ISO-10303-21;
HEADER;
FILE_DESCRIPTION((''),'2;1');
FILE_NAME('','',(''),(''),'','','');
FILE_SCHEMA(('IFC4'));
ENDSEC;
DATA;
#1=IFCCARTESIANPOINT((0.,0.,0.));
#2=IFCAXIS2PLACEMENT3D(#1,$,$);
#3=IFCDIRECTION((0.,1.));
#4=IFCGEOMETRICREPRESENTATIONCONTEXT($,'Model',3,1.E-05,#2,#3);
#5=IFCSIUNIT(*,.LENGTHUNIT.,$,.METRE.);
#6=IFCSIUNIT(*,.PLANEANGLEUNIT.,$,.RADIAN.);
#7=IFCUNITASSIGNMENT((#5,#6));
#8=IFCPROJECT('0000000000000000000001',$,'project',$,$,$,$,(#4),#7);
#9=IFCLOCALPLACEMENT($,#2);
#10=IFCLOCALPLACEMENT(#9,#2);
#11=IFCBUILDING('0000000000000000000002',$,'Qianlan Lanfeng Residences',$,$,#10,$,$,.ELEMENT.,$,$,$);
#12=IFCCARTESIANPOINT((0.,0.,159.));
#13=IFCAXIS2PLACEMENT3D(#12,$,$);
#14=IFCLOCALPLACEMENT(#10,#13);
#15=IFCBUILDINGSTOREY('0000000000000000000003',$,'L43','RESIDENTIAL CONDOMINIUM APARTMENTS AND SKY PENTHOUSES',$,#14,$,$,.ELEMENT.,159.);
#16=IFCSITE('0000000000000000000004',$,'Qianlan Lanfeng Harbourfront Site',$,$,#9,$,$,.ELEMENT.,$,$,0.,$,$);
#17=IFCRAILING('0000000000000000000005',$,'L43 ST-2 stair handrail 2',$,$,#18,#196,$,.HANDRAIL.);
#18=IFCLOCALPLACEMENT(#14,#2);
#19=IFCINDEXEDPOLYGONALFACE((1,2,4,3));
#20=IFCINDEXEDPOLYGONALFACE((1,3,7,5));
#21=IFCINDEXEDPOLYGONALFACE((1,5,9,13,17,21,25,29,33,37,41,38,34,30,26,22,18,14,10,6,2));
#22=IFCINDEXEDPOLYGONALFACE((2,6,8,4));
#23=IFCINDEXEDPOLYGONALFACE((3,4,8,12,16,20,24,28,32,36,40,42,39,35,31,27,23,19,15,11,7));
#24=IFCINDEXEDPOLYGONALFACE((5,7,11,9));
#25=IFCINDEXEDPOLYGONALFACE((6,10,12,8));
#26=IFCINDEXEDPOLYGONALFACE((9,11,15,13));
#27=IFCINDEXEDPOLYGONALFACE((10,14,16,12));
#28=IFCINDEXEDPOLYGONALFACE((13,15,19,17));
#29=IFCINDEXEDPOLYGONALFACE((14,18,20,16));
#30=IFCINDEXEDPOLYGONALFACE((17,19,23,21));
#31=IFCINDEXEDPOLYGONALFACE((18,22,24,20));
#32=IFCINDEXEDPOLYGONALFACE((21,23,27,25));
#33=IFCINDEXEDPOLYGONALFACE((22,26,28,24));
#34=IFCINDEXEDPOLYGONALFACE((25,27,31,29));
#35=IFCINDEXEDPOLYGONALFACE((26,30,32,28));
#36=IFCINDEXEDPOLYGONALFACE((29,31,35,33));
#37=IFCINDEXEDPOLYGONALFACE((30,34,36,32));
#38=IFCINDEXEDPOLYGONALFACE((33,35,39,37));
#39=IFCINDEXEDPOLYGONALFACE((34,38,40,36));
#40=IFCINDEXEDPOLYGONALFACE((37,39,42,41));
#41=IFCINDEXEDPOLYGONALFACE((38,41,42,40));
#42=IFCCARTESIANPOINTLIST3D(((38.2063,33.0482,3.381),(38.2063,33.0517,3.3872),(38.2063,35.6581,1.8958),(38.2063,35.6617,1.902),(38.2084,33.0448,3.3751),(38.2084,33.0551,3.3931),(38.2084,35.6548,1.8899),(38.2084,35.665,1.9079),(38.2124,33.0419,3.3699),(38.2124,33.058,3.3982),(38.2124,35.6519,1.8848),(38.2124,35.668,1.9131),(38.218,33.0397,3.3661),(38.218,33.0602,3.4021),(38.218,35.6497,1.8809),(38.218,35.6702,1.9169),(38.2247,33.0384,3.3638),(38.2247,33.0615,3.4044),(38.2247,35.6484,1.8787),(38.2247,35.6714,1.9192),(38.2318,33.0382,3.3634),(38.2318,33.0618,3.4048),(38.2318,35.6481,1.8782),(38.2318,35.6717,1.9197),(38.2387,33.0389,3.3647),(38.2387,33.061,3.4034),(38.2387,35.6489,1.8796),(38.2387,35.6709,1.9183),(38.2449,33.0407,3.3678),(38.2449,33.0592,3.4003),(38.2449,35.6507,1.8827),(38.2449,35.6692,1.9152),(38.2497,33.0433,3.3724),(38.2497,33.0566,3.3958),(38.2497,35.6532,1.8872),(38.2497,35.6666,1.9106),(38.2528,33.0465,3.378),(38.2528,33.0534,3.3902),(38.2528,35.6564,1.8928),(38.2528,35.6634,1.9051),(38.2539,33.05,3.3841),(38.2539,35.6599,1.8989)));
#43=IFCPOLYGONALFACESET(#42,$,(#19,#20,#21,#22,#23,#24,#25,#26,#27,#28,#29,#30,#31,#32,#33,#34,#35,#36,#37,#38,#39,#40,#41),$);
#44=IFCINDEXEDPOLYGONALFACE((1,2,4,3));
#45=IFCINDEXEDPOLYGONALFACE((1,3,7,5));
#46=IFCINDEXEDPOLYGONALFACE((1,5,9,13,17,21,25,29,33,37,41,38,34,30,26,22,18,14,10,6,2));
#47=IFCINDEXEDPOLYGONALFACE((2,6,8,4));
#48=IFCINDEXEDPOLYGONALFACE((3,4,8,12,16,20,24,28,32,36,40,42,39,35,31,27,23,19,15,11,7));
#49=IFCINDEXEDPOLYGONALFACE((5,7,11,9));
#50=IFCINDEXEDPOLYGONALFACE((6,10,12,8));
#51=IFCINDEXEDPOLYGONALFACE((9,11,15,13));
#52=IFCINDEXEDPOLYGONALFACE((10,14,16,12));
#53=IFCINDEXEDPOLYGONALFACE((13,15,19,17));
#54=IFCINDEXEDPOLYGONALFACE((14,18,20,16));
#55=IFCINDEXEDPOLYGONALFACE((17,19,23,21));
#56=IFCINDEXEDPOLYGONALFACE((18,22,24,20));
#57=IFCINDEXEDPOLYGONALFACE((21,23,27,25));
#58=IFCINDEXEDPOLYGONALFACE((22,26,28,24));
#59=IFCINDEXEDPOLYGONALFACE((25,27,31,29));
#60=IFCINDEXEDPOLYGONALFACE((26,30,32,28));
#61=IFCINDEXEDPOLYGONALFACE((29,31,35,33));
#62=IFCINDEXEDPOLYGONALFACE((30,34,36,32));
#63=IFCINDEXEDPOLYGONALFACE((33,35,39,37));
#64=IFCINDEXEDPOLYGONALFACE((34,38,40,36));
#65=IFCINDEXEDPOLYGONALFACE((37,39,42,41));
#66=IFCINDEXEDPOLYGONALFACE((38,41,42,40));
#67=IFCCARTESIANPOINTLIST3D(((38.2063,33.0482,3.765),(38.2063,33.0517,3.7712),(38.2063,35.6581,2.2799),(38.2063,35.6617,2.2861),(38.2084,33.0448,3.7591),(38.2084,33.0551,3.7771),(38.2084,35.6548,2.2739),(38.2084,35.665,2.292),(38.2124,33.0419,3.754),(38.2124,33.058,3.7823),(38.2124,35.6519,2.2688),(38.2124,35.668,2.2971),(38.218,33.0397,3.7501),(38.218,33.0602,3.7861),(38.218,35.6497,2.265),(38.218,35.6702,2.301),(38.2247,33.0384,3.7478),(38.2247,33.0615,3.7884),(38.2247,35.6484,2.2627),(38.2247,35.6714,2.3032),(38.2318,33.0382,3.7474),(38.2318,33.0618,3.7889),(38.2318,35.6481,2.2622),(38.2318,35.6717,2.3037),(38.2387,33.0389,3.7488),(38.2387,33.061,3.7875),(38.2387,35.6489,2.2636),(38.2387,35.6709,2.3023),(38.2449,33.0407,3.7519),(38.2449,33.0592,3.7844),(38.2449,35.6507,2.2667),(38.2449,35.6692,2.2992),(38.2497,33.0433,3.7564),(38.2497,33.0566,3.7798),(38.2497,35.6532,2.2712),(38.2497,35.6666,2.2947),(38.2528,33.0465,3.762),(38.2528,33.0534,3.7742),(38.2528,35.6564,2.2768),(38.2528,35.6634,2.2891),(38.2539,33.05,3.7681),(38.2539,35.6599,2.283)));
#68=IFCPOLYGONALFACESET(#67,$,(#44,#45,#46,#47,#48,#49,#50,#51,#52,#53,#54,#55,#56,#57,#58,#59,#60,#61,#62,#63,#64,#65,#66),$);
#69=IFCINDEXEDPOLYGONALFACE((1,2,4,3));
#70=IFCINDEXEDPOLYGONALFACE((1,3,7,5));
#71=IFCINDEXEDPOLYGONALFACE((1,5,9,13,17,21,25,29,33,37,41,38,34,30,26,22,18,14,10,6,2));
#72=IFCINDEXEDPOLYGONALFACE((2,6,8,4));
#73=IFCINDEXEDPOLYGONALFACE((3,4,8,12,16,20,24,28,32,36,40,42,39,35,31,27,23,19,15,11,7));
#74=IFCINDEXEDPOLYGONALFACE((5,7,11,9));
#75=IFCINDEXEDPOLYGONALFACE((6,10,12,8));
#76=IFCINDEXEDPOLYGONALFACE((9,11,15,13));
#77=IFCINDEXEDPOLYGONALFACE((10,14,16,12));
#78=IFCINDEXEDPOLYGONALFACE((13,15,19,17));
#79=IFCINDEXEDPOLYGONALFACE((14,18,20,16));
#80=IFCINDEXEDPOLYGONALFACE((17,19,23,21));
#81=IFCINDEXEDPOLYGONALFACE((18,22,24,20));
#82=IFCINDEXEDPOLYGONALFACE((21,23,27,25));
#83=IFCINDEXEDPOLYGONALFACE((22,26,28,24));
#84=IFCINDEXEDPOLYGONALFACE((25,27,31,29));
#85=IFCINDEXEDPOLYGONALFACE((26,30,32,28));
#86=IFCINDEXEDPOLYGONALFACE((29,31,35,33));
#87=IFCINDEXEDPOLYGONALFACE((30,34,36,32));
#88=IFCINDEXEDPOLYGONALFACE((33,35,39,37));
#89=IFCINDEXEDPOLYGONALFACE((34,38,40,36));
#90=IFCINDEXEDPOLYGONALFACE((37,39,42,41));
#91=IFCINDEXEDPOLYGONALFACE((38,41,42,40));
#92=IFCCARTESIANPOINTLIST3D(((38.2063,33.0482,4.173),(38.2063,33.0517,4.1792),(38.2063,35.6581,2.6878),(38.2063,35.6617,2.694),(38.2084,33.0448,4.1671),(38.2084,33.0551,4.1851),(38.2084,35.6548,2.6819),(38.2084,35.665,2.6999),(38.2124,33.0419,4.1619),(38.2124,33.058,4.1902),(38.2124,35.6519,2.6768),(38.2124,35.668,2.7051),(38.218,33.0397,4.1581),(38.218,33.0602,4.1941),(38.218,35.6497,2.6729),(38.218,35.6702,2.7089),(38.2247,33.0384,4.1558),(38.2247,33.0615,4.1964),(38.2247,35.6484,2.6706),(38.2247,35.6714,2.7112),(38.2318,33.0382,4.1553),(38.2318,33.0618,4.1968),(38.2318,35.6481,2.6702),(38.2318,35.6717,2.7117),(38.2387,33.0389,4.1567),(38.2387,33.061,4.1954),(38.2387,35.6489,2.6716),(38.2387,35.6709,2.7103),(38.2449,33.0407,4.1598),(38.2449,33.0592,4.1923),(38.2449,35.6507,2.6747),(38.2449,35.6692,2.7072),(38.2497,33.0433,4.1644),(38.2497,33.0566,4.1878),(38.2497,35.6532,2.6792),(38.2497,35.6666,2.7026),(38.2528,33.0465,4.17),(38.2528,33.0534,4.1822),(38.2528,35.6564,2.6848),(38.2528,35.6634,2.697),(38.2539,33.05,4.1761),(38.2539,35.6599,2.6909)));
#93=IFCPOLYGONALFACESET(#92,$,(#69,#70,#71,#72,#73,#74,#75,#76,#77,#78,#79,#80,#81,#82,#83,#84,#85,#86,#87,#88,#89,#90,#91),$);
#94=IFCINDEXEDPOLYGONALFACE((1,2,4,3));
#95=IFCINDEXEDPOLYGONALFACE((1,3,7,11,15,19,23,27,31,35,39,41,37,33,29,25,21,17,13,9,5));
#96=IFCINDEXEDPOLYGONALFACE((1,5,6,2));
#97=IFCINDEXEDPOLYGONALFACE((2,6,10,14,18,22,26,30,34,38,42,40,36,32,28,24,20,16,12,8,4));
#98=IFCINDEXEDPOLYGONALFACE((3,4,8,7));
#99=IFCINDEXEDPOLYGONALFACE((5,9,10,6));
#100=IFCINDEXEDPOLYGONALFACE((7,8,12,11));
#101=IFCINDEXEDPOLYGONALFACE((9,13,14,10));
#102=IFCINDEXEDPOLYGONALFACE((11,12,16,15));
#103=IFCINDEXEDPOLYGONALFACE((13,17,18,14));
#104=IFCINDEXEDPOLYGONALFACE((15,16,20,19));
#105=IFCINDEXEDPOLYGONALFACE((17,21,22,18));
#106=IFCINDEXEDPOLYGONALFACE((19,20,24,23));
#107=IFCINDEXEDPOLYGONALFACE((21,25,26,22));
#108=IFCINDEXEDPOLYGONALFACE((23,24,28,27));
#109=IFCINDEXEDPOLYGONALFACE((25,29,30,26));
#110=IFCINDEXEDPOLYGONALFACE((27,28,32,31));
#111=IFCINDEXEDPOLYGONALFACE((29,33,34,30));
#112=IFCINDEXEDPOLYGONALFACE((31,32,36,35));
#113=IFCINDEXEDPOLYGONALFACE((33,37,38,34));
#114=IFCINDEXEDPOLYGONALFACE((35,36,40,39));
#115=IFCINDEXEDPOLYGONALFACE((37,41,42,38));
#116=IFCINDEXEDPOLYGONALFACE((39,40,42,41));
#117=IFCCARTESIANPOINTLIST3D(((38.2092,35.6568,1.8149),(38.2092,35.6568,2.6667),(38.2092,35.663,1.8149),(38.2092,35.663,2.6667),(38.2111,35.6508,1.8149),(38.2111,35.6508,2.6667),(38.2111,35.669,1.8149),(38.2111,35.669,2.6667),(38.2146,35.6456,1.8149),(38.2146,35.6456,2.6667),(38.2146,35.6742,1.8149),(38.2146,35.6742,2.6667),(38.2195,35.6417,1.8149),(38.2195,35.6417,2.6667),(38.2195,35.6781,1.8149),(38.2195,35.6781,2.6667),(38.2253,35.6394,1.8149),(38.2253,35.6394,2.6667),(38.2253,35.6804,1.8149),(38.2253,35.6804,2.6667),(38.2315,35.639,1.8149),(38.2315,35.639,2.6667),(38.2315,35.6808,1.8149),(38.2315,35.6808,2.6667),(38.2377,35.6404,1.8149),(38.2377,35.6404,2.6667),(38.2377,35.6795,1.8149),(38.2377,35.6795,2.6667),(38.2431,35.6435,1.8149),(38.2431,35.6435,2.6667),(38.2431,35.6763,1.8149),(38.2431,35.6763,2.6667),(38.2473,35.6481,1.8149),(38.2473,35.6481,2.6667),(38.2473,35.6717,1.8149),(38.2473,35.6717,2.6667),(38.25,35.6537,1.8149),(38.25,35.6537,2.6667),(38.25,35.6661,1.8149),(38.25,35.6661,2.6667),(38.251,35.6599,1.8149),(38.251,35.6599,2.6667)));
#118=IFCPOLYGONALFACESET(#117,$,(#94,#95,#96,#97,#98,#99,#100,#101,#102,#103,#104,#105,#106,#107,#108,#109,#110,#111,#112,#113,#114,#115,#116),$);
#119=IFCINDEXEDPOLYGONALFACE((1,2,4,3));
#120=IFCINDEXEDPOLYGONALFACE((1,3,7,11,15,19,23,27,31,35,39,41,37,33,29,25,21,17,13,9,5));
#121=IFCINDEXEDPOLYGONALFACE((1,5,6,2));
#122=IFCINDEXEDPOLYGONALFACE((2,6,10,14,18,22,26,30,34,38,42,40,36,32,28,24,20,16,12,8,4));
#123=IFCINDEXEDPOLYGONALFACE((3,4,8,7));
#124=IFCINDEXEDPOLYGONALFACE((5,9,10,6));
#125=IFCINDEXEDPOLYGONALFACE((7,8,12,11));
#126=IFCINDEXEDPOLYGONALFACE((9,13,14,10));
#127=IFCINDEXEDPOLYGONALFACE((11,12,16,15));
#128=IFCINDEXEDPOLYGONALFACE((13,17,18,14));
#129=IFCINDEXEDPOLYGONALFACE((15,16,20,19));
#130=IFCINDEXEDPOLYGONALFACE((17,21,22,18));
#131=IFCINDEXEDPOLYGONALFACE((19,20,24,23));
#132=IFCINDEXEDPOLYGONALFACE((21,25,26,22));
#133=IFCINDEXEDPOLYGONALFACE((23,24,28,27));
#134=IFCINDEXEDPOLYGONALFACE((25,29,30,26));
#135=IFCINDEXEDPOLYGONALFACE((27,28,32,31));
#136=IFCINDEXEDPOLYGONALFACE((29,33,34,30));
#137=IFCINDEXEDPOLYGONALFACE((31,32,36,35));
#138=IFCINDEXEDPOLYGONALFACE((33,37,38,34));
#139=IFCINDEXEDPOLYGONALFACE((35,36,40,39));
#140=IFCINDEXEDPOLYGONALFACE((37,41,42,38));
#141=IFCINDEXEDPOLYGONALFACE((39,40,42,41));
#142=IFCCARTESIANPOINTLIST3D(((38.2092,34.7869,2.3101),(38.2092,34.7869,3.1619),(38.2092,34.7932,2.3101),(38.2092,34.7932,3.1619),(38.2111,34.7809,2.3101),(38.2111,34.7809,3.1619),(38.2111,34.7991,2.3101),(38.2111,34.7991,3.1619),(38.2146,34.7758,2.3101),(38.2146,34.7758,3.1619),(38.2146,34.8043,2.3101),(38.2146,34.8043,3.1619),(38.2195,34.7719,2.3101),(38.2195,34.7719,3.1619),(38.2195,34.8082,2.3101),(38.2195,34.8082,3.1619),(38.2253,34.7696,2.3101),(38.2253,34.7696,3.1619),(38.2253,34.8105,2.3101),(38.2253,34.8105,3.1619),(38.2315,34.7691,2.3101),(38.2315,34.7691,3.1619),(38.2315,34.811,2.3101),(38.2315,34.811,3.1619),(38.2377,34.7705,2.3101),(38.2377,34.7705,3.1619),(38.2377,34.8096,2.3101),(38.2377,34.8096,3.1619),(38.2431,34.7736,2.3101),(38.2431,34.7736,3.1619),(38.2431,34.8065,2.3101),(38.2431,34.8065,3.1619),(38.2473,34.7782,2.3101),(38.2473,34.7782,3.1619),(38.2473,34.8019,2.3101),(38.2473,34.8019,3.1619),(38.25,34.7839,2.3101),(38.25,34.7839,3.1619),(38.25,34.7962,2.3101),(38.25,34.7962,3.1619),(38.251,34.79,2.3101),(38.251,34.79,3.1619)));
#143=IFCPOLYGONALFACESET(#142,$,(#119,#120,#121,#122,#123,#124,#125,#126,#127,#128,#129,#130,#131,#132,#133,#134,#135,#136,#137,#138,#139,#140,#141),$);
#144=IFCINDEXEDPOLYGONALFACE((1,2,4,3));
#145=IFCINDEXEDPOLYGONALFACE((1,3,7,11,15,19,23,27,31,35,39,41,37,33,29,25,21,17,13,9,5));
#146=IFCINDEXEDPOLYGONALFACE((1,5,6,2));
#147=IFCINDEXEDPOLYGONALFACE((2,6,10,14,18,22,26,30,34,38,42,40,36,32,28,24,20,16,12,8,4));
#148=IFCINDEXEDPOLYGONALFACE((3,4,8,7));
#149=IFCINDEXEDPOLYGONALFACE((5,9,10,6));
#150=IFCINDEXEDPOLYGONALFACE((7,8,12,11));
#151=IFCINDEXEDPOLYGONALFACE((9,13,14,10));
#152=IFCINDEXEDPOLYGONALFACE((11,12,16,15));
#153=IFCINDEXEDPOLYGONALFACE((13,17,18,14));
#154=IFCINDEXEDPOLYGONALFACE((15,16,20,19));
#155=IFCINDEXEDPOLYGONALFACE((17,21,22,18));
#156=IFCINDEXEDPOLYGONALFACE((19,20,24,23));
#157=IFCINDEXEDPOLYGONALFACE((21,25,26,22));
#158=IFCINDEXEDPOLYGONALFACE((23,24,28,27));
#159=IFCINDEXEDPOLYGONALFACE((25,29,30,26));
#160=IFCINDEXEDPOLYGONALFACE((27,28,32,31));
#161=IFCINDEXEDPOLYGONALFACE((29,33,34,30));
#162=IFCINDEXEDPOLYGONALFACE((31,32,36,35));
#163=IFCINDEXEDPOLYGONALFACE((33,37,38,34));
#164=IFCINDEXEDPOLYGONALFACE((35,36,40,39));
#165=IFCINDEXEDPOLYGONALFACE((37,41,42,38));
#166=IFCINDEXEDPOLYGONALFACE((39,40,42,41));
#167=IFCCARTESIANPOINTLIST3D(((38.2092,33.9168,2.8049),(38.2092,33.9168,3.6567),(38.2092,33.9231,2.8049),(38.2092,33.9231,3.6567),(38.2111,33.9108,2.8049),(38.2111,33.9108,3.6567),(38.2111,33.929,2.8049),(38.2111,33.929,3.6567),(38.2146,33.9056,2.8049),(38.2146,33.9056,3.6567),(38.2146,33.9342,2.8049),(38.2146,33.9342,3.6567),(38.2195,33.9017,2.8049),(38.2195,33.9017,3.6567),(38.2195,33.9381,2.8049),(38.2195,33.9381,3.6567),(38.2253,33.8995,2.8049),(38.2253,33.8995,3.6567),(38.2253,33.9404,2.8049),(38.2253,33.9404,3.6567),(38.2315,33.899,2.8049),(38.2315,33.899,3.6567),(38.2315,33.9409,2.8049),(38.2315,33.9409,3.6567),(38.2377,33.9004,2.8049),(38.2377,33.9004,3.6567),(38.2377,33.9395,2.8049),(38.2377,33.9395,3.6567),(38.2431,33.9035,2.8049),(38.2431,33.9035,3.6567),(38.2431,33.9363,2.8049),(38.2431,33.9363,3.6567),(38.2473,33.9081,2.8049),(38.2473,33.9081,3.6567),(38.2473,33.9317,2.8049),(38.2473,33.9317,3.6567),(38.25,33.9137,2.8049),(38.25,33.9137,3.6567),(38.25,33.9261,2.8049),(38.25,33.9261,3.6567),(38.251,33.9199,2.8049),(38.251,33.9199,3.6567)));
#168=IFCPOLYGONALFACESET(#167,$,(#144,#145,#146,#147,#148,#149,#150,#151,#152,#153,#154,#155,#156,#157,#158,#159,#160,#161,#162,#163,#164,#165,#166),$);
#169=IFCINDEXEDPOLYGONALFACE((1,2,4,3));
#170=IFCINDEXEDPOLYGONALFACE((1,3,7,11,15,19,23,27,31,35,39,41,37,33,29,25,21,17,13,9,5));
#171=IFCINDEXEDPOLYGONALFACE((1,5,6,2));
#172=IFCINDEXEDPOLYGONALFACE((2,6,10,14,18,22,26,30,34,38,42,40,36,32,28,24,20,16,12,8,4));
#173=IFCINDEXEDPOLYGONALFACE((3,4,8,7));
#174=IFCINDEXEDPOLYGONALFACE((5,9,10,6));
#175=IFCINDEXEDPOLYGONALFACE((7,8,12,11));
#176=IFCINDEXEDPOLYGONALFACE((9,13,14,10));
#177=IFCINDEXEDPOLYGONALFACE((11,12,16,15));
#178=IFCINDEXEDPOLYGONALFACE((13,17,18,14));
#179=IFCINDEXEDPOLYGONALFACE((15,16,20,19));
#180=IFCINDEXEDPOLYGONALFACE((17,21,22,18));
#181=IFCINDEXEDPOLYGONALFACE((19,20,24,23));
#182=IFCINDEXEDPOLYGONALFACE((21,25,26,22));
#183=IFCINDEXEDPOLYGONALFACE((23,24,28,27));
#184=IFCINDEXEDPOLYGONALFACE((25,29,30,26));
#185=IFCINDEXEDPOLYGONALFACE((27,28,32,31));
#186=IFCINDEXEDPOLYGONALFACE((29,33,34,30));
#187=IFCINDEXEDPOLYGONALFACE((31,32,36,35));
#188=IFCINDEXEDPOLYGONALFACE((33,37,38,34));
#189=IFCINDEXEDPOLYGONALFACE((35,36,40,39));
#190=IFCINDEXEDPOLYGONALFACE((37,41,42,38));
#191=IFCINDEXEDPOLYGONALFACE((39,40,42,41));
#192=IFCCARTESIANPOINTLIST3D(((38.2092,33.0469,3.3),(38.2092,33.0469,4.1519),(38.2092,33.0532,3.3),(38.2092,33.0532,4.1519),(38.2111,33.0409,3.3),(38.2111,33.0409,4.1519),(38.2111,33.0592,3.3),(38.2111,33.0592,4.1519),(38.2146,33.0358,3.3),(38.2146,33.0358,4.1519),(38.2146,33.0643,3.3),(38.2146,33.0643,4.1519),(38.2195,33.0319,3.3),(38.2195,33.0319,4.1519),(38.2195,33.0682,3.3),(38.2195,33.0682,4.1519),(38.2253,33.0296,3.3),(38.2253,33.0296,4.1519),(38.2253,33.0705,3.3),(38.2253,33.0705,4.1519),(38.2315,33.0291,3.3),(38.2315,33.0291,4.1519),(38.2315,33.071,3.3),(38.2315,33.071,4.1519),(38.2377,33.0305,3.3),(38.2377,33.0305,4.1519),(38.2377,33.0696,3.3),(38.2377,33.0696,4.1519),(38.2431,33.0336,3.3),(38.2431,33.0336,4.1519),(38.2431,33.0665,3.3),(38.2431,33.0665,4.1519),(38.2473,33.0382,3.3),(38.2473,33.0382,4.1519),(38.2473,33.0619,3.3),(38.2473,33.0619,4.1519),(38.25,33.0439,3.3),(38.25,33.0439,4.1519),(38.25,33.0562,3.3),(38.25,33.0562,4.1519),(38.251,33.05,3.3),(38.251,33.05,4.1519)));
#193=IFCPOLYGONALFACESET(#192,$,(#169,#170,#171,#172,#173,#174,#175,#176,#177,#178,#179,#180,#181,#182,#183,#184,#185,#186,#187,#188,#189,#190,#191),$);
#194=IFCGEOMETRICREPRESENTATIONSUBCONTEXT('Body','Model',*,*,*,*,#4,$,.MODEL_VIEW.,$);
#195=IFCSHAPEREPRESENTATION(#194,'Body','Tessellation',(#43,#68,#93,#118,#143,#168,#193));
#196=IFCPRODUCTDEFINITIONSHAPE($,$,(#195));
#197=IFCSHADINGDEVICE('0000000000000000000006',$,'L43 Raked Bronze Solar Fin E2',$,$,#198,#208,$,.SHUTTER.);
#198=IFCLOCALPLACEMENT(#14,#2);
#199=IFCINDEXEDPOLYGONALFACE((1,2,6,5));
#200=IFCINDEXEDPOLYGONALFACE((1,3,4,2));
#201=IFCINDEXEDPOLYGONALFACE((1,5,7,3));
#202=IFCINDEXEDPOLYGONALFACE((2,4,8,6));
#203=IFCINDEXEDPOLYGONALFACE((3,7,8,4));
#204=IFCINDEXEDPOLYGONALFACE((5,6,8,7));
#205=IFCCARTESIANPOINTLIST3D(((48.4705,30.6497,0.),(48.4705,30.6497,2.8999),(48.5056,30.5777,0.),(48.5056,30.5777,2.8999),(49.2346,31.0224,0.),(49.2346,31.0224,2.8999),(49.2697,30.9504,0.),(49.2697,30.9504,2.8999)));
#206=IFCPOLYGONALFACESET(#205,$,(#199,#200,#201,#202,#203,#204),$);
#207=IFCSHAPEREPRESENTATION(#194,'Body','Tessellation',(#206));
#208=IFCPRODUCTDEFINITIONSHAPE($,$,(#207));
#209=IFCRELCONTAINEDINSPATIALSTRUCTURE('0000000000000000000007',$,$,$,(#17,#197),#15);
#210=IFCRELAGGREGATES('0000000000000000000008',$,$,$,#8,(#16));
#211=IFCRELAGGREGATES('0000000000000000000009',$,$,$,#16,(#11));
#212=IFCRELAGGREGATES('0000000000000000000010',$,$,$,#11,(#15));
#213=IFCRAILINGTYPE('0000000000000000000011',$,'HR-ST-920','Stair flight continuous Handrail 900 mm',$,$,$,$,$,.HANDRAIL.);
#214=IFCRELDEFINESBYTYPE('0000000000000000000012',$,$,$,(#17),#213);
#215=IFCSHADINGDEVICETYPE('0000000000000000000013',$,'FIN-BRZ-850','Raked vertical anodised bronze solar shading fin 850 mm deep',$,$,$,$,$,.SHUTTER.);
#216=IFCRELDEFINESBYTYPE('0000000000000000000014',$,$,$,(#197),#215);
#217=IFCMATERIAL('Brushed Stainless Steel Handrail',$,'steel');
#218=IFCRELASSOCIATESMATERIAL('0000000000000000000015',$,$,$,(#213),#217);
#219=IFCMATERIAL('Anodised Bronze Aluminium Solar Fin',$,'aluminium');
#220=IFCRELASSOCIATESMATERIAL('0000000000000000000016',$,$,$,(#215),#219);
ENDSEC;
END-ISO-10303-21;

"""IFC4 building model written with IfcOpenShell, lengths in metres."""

from ifc_helpers import new_model, si_unit, direction, frame, origin, origin_2d, place, context, subcontext, project, spatial, rectangle, circle, extrude, source, transform, mapped, material, type_object, element, save


model = new_model("IFC4")

# Units and contexts
model_context = context("Model", 3, precision=1e-05, world=origin(), true_north=direction((0.0, 1.0)))
body_context = subcontext(model_context, "Body", "Model", "MODEL_VIEW")
ifc_project = project(units=[si_unit("LENGTHUNIT", "METRE"), si_unit("PLANEANGLEUNIT", "RADIAN")], contexts=[model_context])

# Site, building, storey
site_placement = place(None, origin())
site = spatial("IfcSite", under=ifc_project, at=site_placement, Name="Qianlan Lanfeng Harbourfront Site", CompositionType="ELEMENT", RefElevation=0.0)
building_placement = place(site_placement, origin())
building = spatial("IfcBuilding", under=site, at=building_placement, Name="Qianlan Lanfeng Residences", CompositionType="ELEMENT")
storey_placement = place(building_placement, frame((0.0, 0.0, 159.0)))
storey = spatial("IfcBuildingStorey", under=building, at=storey_placement, Name="L43", Description="RESIDENTIAL CONDOMINIUM APARTMENTS AND SKY PENTHOUSES", CompositionType="ELEMENT", Elevation=159.0)

# Railing
ifc_material_1 = material(Name="Brushed Stainless Steel Handrail", Category="steel")
railing_type_1 = type_object("IfcRailingType", Name="HR-ST-920", Description="Stair flight continuous Handrail 900 mm", PredefinedType="HANDRAIL", material=ifc_material_1)
railing_1_placement = place(storey_placement, frame((38.23, 35.6599, 1.8149)))
element("IfcRailing", 1, at=railing_1_placement, inside=storey, type_object=railing_type_1, Name="L43 ST-2 stair handrail 2", PredefinedType="HANDRAIL", context=body_context, shape_type="SweptSolid", body=[
    extrude(circle(Radius=0.0239, at=origin_2d()), frame((0.0, 0.0, 0.084), z_axis=(0.0, -0.869137, 0.494571), x_axis=(1.0, 0.0, 0.0)), (0.0, 0.0, 1.0), 3.0029),
    extrude(circle(Radius=0.0239, at=origin_2d()), frame((0.0, 0.0, 0.468), z_axis=(0.0, -0.869137, 0.494571), x_axis=(1.0, 0.0, 0.0)), (0.0, 0.0, 1.0), 3.0029),
    extrude(circle(Radius=0.0239, at=origin_2d()), frame((0.0, 0.0, 0.876), z_axis=(0.0, -0.869137, 0.494571), x_axis=(1.0, 0.0, 0.0)), (0.0, 0.0, 1.0), 3.0029),
    extrude(circle(Radius=0.021, at=origin_2d()), origin(), (0.0, 0.0, 1.0), 0.8518),
    extrude(circle(Radius=0.021, at=origin_2d()), frame((0.0, -0.8699, 0.4951)), (0.0, 0.0, 1.0), 0.8518),
    extrude(circle(Radius=0.021, at=origin_2d()), frame((0.0, -1.74, 0.99)), (0.0, 0.0, 1.0), 0.8518),
    extrude(circle(Radius=0.021, at=origin_2d()), frame((0.0, -2.6099, 1.4851)), (0.0, 0.0, 1.0), 0.8518),
])

# Shading device
ifc_material_2 = material(Name="Anodised Bronze Aluminium Solar Fin", Category="aluminium")
shading_device_type = type_object("IfcShadingDeviceType", Name="FIN-BRZ-850", Description="Raked vertical anodised bronze solar shading fin 850 mm deep", PredefinedType="SHUTTER", material=ifc_material_2)
shared_shape_1 = source(origin(), body_context, "Body", "SweptSolid", [
    extrude(rectangle(XDim=0.8501, YDim=0.0801, at=origin_2d()), origin(), (0.0, 0.0, 1.0), 2.8999),
])
shading_device_placement = place(storey_placement, frame((48.8701, 30.8, 0.0), z_axis=(0.0, 0.0, 1.0), x_axis=(0.898794, 0.438371, 0.0)))
element("IfcShadingDevice", 2, at=shading_device_placement, inside=storey, type_object=shading_device_type, Name="L43 Raked Bronze Solar Fin E2", PredefinedType="SHUTTER", context=body_context, shape_type="MappedRepresentation", body=[
    mapped(shared_shape_1, transform((0.0, 0.0, 0.0), scale=1.0)),
])

save(model, "model.ifc")
